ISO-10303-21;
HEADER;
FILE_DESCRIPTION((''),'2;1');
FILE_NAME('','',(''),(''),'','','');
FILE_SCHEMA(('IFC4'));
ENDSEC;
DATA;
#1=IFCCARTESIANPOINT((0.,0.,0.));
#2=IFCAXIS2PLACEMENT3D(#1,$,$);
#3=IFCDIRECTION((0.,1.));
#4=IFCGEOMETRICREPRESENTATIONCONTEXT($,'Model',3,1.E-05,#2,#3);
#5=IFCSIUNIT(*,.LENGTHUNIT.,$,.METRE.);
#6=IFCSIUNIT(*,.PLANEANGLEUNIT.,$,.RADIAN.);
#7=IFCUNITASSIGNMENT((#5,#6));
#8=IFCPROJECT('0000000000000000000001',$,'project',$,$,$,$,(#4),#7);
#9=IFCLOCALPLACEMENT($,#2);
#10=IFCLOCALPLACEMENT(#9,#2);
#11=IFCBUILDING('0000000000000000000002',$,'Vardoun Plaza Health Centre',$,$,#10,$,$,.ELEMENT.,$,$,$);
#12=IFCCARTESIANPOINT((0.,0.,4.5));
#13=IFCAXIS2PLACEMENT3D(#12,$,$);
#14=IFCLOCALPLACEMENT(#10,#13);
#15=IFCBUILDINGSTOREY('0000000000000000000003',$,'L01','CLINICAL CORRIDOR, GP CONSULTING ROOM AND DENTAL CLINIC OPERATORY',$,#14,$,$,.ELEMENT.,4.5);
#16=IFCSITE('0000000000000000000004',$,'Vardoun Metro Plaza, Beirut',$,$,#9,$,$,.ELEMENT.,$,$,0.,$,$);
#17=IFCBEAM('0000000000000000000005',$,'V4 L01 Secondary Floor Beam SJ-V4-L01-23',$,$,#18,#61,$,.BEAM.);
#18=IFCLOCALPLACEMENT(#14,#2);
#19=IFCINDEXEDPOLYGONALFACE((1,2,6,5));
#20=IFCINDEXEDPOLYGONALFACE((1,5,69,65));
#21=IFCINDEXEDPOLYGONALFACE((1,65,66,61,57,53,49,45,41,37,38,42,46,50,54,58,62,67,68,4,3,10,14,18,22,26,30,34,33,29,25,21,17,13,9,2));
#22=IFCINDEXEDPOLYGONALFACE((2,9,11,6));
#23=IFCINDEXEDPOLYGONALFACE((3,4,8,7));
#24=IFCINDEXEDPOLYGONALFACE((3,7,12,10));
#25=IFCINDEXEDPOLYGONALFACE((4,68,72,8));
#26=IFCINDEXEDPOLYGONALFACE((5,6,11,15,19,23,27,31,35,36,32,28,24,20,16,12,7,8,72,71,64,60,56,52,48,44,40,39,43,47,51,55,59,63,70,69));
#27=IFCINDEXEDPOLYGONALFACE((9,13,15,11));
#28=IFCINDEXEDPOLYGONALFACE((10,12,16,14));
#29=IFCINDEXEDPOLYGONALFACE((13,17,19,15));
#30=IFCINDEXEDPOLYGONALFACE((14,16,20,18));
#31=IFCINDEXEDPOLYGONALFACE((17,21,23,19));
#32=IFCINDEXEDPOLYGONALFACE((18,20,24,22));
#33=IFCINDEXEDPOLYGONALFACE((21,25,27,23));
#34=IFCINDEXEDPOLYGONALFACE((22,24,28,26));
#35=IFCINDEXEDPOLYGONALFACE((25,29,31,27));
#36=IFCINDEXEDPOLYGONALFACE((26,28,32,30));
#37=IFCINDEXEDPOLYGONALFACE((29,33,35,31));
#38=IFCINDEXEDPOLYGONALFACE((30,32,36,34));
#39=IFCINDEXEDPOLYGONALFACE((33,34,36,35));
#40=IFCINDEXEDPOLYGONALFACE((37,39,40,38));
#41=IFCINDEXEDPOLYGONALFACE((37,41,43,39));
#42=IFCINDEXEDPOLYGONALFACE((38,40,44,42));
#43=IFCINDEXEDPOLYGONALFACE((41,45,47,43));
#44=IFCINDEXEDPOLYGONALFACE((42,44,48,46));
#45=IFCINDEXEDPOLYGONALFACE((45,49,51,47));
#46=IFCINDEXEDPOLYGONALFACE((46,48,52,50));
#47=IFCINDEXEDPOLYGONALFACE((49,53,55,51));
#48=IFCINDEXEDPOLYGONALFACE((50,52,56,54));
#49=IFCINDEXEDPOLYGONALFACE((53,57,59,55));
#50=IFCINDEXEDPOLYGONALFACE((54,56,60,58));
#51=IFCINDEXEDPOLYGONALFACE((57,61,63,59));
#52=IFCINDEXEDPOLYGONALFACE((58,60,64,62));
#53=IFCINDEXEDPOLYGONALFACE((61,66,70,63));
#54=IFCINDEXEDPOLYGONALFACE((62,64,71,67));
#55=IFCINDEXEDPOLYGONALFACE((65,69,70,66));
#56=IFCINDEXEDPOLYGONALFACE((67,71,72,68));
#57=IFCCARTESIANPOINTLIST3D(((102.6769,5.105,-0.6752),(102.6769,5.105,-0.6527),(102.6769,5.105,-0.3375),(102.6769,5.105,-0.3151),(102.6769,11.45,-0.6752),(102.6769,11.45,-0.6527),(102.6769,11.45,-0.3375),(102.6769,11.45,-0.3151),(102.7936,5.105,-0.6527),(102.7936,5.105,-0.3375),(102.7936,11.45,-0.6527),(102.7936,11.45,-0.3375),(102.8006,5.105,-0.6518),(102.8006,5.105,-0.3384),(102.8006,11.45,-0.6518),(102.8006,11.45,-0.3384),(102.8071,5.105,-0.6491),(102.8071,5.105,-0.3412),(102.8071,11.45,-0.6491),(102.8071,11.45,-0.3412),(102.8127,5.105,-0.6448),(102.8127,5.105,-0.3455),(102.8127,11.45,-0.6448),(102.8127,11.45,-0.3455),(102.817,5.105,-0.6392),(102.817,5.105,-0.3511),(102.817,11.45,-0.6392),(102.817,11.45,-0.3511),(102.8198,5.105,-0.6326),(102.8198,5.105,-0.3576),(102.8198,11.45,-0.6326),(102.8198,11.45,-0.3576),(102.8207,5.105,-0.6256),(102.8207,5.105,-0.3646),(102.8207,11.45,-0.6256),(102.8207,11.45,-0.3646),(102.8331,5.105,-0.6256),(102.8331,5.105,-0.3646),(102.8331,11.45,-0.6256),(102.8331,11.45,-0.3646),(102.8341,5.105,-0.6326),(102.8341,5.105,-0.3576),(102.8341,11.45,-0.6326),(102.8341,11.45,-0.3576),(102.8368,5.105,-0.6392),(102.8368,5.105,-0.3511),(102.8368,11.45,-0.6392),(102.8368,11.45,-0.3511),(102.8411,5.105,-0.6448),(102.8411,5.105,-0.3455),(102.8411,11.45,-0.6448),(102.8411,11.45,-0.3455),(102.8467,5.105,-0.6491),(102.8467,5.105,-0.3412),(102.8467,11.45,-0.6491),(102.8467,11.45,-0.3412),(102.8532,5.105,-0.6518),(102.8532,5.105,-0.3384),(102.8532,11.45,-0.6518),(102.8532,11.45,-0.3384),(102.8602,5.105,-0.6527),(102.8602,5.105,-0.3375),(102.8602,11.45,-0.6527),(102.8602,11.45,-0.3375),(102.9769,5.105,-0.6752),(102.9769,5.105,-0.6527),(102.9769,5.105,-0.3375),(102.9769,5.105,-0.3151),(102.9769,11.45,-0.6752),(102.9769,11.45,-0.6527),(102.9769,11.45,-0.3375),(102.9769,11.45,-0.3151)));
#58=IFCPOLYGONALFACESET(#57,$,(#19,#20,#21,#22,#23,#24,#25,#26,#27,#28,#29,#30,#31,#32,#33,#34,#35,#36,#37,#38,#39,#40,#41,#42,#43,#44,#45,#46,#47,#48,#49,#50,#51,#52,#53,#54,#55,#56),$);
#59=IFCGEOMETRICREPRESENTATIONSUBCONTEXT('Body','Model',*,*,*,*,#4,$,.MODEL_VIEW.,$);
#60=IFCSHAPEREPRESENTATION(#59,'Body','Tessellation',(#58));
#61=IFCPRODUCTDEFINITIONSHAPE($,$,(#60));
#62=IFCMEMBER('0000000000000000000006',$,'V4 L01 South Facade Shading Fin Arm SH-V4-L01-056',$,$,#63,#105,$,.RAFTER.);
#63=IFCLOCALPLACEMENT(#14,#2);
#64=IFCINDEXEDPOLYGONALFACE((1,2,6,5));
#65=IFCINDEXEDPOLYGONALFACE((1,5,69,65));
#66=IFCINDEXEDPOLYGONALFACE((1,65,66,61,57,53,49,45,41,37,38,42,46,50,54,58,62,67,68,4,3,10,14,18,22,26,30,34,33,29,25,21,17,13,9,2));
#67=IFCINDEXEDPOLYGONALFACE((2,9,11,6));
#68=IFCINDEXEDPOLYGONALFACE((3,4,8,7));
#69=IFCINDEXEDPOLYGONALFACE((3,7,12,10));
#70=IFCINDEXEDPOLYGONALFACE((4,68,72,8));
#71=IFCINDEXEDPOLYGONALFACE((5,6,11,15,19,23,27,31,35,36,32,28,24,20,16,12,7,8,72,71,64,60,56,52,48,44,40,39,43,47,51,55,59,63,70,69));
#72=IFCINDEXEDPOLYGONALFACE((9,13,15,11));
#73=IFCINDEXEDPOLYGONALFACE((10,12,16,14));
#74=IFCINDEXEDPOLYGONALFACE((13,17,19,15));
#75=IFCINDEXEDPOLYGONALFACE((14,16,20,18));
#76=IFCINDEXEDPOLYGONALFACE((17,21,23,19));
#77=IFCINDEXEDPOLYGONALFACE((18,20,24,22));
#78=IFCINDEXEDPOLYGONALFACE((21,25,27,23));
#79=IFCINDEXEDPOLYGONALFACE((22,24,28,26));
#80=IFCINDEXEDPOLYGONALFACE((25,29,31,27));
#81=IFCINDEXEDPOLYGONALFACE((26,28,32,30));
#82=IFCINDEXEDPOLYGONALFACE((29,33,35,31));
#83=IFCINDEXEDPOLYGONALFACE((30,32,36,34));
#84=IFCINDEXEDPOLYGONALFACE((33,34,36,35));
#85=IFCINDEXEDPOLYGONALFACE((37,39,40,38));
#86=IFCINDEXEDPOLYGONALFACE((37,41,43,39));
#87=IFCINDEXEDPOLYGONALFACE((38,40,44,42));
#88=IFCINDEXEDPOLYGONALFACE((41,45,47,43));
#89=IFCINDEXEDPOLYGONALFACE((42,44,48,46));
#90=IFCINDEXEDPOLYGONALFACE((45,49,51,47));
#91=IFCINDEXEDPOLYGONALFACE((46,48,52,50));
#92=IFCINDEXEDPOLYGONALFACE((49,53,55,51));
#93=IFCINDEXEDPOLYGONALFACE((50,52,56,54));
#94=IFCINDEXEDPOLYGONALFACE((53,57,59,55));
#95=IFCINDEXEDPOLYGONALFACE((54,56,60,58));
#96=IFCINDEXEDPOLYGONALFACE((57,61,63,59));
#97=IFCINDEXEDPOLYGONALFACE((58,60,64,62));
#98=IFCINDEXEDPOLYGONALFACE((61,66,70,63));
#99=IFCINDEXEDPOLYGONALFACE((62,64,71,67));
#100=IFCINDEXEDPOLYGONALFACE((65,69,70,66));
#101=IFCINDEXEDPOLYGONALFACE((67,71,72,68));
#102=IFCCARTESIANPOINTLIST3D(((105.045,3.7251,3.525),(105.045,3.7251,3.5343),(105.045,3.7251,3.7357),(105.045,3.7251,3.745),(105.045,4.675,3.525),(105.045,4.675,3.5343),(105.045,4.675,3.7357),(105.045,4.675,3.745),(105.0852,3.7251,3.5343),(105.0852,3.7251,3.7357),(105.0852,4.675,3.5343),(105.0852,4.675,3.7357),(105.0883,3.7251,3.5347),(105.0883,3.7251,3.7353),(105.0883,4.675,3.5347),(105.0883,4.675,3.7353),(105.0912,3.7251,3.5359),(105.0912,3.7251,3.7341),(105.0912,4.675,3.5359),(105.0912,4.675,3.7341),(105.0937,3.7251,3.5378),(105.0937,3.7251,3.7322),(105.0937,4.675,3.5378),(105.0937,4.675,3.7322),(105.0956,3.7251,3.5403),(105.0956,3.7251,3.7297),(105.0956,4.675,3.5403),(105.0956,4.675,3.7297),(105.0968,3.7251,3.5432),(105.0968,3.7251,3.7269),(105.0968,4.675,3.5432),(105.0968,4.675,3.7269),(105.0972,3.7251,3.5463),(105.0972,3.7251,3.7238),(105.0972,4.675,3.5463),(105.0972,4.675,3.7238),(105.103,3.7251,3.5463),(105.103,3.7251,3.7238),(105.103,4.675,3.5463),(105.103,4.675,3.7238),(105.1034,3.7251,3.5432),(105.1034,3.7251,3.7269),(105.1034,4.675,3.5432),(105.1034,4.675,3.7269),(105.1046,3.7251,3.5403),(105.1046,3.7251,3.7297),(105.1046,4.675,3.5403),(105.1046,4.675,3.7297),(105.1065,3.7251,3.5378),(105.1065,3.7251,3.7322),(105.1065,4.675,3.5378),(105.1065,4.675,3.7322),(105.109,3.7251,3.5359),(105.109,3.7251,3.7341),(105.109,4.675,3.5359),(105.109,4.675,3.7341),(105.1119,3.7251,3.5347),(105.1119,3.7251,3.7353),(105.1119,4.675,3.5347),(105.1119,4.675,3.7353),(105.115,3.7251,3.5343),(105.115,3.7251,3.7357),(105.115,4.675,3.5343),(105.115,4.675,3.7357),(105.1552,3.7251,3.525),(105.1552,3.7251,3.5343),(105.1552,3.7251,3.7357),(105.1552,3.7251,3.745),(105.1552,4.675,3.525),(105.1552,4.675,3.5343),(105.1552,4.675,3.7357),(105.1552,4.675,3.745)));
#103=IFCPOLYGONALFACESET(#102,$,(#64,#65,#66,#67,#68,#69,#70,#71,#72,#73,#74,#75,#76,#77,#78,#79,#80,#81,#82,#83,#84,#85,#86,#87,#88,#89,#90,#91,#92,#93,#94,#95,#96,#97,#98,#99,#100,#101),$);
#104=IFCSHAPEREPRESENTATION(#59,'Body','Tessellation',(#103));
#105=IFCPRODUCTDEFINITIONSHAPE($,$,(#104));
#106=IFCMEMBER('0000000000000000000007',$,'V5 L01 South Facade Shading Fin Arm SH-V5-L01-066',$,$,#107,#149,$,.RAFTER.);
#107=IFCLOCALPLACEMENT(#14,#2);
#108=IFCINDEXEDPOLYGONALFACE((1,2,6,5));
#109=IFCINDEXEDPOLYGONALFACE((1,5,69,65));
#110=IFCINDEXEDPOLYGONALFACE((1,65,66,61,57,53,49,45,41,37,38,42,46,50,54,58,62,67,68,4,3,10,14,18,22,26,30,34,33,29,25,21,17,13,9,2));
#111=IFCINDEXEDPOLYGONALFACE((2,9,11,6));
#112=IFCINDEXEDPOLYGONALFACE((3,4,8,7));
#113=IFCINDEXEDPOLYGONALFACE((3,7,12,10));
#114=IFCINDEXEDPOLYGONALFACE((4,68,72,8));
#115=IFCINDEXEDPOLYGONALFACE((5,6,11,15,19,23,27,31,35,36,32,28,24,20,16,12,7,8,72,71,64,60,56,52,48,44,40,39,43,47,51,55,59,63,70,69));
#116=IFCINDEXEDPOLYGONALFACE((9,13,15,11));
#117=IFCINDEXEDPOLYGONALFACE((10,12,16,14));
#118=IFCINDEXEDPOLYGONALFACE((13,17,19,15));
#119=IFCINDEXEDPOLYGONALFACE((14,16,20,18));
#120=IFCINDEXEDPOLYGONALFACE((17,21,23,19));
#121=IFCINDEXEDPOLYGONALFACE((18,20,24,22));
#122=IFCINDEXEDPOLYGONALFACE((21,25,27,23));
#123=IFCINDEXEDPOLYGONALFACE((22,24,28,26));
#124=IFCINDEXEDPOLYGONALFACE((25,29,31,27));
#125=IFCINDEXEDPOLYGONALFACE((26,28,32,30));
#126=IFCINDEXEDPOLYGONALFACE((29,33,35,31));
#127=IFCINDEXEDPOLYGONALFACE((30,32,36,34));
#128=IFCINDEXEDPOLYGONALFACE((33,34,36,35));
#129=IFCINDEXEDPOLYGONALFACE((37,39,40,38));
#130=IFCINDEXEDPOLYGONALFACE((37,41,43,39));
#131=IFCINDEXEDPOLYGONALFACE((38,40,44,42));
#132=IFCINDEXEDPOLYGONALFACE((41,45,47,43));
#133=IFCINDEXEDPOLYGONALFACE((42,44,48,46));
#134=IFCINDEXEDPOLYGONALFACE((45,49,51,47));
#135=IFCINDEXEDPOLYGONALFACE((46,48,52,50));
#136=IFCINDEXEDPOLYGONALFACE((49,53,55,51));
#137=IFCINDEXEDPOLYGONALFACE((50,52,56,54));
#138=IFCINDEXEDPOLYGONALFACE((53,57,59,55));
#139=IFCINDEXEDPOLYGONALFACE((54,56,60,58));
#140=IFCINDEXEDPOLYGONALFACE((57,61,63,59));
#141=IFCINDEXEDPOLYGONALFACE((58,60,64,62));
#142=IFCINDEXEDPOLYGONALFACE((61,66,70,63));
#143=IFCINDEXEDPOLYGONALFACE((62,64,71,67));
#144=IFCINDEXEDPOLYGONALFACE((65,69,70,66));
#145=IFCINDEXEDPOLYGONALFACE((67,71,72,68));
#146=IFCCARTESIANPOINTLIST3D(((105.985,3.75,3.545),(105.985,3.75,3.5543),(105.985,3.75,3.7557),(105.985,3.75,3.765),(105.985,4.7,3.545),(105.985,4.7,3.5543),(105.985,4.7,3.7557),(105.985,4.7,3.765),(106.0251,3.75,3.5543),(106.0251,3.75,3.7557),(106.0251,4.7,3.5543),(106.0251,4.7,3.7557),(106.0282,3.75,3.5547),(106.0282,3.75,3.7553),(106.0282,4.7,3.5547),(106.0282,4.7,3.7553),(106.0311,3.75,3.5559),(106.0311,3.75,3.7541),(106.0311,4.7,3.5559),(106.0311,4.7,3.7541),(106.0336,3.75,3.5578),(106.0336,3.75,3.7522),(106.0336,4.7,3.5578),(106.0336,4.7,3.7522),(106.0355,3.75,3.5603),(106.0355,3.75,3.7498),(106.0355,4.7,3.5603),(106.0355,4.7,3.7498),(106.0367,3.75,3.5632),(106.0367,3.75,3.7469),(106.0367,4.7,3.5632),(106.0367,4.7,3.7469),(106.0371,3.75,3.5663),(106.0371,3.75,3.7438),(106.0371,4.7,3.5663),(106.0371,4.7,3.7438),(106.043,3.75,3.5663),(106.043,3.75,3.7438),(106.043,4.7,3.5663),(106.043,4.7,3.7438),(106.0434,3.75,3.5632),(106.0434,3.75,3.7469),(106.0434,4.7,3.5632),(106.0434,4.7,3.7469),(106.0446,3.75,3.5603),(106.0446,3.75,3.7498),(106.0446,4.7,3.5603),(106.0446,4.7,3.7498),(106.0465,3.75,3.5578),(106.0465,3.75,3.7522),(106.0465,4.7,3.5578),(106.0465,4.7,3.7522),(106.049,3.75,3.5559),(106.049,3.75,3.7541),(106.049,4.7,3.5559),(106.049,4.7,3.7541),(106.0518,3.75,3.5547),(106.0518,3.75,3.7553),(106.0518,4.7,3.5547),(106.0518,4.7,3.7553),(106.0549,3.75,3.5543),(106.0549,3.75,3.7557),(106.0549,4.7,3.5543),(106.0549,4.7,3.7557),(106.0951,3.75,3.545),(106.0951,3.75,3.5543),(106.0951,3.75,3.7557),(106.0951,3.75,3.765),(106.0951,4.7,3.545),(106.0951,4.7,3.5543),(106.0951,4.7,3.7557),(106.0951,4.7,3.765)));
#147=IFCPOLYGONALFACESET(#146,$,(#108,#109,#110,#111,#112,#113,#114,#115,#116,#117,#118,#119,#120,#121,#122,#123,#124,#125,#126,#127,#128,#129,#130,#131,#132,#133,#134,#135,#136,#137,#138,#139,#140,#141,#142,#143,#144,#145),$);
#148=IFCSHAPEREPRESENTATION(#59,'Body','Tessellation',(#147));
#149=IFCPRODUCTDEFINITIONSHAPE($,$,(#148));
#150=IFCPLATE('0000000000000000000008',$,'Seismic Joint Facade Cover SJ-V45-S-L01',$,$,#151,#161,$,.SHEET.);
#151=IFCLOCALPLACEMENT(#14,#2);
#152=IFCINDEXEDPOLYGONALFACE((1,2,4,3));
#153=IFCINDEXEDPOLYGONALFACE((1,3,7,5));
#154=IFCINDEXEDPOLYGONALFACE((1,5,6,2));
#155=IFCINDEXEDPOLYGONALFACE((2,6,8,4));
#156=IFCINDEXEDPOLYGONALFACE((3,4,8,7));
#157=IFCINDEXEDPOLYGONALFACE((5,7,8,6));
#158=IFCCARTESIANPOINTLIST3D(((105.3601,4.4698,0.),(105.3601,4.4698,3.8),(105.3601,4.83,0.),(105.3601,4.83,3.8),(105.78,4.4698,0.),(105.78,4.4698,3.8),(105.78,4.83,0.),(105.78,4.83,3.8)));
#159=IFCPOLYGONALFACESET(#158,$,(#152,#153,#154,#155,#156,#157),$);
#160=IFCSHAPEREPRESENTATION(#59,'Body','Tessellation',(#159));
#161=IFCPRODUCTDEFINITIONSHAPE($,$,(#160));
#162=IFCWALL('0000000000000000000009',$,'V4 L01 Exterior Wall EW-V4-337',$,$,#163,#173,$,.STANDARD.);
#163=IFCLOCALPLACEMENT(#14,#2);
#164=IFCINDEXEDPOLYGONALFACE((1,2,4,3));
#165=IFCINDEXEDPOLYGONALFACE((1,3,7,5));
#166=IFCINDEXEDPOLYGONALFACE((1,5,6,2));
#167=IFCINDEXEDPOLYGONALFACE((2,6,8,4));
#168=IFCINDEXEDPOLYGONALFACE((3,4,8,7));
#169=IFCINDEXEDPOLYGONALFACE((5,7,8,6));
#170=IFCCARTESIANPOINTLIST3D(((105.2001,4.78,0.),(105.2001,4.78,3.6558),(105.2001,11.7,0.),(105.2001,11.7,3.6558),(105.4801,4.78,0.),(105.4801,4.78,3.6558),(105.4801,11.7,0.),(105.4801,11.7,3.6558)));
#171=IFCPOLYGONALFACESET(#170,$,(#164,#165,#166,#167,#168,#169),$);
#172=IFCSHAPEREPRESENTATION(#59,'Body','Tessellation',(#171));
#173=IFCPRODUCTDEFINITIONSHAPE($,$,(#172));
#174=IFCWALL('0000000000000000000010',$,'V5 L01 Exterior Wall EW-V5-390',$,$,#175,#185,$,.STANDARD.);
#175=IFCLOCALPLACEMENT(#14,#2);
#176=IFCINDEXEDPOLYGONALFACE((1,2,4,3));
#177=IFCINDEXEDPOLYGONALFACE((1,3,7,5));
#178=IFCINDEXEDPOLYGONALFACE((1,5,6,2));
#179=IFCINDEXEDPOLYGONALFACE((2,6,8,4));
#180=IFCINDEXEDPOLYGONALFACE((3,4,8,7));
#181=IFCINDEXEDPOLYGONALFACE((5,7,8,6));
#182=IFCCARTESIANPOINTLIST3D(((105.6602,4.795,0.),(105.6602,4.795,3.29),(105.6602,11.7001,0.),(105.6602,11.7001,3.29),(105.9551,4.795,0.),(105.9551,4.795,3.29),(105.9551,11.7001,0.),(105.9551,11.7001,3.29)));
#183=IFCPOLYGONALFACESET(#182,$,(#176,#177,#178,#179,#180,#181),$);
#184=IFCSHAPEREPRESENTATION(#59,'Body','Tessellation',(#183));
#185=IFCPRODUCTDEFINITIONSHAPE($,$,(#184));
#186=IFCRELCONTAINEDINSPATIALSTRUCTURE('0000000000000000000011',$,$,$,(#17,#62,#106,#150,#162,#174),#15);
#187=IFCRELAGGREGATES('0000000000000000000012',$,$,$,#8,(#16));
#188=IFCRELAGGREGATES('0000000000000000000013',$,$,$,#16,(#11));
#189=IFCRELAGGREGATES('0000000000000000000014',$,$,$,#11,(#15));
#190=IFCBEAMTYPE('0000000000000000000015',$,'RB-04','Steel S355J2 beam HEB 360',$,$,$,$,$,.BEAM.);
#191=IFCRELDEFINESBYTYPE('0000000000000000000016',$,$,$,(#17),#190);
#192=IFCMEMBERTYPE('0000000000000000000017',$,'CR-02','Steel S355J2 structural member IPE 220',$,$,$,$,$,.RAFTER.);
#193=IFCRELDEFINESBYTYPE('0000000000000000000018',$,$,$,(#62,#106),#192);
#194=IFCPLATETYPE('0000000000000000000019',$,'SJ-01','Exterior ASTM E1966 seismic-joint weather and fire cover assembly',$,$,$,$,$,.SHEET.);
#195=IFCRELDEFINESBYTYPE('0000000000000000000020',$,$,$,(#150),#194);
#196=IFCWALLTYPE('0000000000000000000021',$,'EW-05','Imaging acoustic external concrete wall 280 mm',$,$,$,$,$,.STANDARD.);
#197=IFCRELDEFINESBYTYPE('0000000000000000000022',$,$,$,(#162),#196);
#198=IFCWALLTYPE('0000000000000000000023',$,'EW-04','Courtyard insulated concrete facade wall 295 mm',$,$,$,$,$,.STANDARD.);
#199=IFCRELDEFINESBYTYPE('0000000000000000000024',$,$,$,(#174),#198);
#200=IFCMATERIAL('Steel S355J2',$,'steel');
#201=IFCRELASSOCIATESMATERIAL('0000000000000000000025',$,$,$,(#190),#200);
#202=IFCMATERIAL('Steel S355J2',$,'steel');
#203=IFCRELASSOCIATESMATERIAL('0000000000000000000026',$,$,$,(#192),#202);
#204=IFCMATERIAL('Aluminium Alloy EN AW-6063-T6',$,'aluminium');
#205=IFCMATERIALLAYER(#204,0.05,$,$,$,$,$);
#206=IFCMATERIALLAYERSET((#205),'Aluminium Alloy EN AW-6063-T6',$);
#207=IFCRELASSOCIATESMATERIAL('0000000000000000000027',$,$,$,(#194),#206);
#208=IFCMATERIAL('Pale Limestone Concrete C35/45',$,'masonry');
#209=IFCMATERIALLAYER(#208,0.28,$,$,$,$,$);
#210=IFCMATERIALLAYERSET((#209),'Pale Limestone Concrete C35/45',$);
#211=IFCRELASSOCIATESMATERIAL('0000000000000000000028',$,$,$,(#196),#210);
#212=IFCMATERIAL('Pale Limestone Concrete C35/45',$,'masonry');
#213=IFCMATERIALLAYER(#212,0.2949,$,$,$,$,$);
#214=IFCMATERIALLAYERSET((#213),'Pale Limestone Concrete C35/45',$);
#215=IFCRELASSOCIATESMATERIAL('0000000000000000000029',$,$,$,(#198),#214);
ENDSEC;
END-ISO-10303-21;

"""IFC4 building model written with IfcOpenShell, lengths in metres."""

from ifc_helpers import new_model, si_unit, direction, frame, frame_2d, origin, origin_2d, place, context, subcontext, project, spatial, rectangle, i_section, extrude, material, layer, layer_set, material_profile, profile_set, type_object, element, save


model = new_model("IFC4")

# Units and contexts
model_context = context("Model", 3, precision=1e-05, world=origin(), true_north=direction((0.0, 1.0)))
body_context = subcontext(model_context, "Body", "Model", "MODEL_VIEW")
ifc_project = project(units=[si_unit("LENGTHUNIT", "METRE"), si_unit("PLANEANGLEUNIT", "RADIAN")], contexts=[model_context])

# Site, building, storey
site_placement = place(None, origin())
site = spatial("IfcSite", under=ifc_project, at=site_placement, Name="Vardoun Metro Plaza, Beirut", CompositionType="ELEMENT", RefElevation=0.0)
building_placement = place(site_placement, origin())
building = spatial("IfcBuilding", under=site, at=building_placement, Name="Vardoun Plaza Health Centre", CompositionType="ELEMENT")
storey_placement = place(building_placement, frame((0.0, 0.0, 4.5)))
storey = spatial("IfcBuildingStorey", under=building, at=storey_placement, Name="L01", Description="CLINICAL CORRIDOR, GP CONSULTING ROOM AND DENTAL CLINIC OPERATORY", CompositionType="ELEMENT", Elevation=4.5)

# Beam
ifc_material_1 = material(Name="Steel S355J2", Category="steel")
ifc_material_profile_1 = material_profile(ifc_material_1, i_section(OverallWidth=0.3, OverallDepth=0.3601, WebThickness=0.0125, FlangeThickness=0.0225, FilletRadius=0.0271, at=origin_2d()), Name="HEB 360")
ifc_profile_set_1 = profile_set([ifc_material_profile_1], Name="Steel S355J2")
beam_type_1 = type_object("IfcBeamType", Name="RB-04", Description="Steel S355J2 beam HEB 360", PredefinedType="BEAM", material=ifc_profile_set_1)
beam_1_placement = place(storey_placement, frame((102.8269, 5.105, -0.4951), z_axis=(0.0, 1.0, 0.0), x_axis=(-1.0, 0.0, 0.0)))
element("IfcBeam", 1, at=beam_1_placement, inside=storey, type_object=beam_type_1, Name="V4 L01 Secondary Floor Beam SJ-V4-L01-23", PredefinedType="BEAM", context=body_context, shape_type="SweptSolid", body=[
    extrude(i_section(OverallWidth=0.3, OverallDepth=0.3601, WebThickness=0.0125, FlangeThickness=0.0225, FilletRadius=0.0271, at=origin_2d()), origin(), (0.0, 0.0, 1.0), 6.345),
])

# Members
ifc_material_2 = material(Name="Steel S355J2", Category="steel")
ifc_material_profile_2 = material_profile(ifc_material_2, i_section(OverallWidth=0.1101, OverallDepth=0.22, WebThickness=0.0059, FlangeThickness=0.0093, FilletRadius=0.012, at=origin_2d()), Name="IPE 220")
ifc_profile_set_2 = profile_set([ifc_material_profile_2], Name="Steel S355J2")
member_type = type_object("IfcMemberType", Name="CR-02", Description="Steel S355J2 structural member IPE 220", PredefinedType="RAFTER", material=ifc_profile_set_2)
for number, where, z_axis, x_axis, name in (
    (2, (105.1001, 4.675, 3.635), (0.0, -1.0, 0.0), (1.0, 0.0, 0.0), "V4 L01 South Facade Shading Fin Arm SH-V4-L01-056"),
    (3, (106.04, 4.7, 3.655), (0.0, -1.0, 0.0), (1.0, 0.0, 0.0), "V5 L01 South Facade Shading Fin Arm SH-V5-L01-066"),
):
    element("IfcMember", number, at=place(storey_placement, frame(where, z_axis=z_axis, x_axis=x_axis)), inside=storey, type_object=member_type, Name=name, PredefinedType="RAFTER", context=body_context, shape_type="SweptSolid", body=[
        extrude(i_section(OverallWidth=0.1101, OverallDepth=0.22, WebThickness=0.0059, FlangeThickness=0.0093, FilletRadius=0.012, at=origin_2d()), origin(), (0.0, 0.0, 1.0), 0.95),
    ])

# Plate
ifc_material_3 = material(Name="Aluminium Alloy EN AW-6063-T6", Category="aluminium")
ifc_layer_1 = layer(ifc_material_3, 0.05)
ifc_layer_set_1 = layer_set([ifc_layer_1], Name="Aluminium Alloy EN AW-6063-T6")
plate_type = type_object("IfcPlateType", Name="SJ-01", Description="Exterior ASTM E1966 seismic-joint weather and fire cover assembly", PredefinedType="SHEET", material=ifc_layer_set_1)
plate_placement = place(storey_placement, frame((105.5701, 4.6499, 0.0), z_axis=(0.0, 0.0, 1.0), x_axis=(1.0, 0.0, 0.0)))
element("IfcPlate", 4, at=plate_placement, inside=storey, type_object=plate_type, Name="Seismic Joint Facade Cover SJ-V45-S-L01", PredefinedType="SHEET", context=body_context, shape_type="SweptSolid", body=[
    extrude(rectangle(XDim=0.4199, YDim=0.3601, at=origin_2d()), origin(), (0.0, 0.0, 1.0), 3.8),
])

# Wall
ifc_material_4 = material(Name="Pale Limestone Concrete C35/45", Category="masonry")
ifc_layer_2 = layer(ifc_material_4, 0.28)
ifc_layer_set_2 = layer_set([ifc_layer_2], Name="Pale Limestone Concrete C35/45")
wall_type_1 = type_object("IfcWallType", Name="EW-05", Description="Imaging acoustic external concrete wall 280 mm", PredefinedType="STANDARD", material=ifc_layer_set_2)
wall_1_placement = place(storey_placement, frame((105.3401, 11.7, 0.0), z_axis=(0.0, 0.0, 1.0), x_axis=(0.0, -1.0, 0.0)))
element("IfcWall", 5, at=wall_1_placement, inside=storey, type_object=wall_type_1, Name="V4 L01 Exterior Wall EW-V4-337", PredefinedType="STANDARD", context=body_context, shape_type="SweptSolid", body=[
    extrude(rectangle(XDim=6.9199, YDim=0.28, at=frame_2d((3.46, 0.0))), origin(), (0.0, 0.0, 1.0), 3.6558),
])

# Wall
ifc_material_5 = material(Name="Pale Limestone Concrete C35/45", Category="masonry")
ifc_layer_3 = layer(ifc_material_5, 0.2949)
ifc_layer_set_3 = layer_set([ifc_layer_3], Name="Pale Limestone Concrete C35/45")
wall_type_2 = type_object("IfcWallType", Name="EW-04", Description="Courtyard insulated concrete facade wall 295 mm", PredefinedType="STANDARD", material=ifc_layer_set_3)
for number, where, z_axis, x_axis, name in (
    (6, (105.8076, 4.7949, 0.0), (0.0, 0.0, 1.0), (0.0, 1.0, 0.0), "V5 L01 Exterior Wall EW-V5-390"),
):
    element("IfcWall", number, at=place(storey_placement, frame(where, z_axis=z_axis, x_axis=x_axis)), inside=storey, type_object=wall_type_2, Name=name, PredefinedType="STANDARD", context=body_context, shape_type="SweptSolid", body=[
        extrude(rectangle(XDim=6.905, YDim=0.2949, at=frame_2d((3.4526, 0.0))), origin(), (0.0, 0.0, 1.0), 3.29),
    ])

save(model, "model.ifc")
